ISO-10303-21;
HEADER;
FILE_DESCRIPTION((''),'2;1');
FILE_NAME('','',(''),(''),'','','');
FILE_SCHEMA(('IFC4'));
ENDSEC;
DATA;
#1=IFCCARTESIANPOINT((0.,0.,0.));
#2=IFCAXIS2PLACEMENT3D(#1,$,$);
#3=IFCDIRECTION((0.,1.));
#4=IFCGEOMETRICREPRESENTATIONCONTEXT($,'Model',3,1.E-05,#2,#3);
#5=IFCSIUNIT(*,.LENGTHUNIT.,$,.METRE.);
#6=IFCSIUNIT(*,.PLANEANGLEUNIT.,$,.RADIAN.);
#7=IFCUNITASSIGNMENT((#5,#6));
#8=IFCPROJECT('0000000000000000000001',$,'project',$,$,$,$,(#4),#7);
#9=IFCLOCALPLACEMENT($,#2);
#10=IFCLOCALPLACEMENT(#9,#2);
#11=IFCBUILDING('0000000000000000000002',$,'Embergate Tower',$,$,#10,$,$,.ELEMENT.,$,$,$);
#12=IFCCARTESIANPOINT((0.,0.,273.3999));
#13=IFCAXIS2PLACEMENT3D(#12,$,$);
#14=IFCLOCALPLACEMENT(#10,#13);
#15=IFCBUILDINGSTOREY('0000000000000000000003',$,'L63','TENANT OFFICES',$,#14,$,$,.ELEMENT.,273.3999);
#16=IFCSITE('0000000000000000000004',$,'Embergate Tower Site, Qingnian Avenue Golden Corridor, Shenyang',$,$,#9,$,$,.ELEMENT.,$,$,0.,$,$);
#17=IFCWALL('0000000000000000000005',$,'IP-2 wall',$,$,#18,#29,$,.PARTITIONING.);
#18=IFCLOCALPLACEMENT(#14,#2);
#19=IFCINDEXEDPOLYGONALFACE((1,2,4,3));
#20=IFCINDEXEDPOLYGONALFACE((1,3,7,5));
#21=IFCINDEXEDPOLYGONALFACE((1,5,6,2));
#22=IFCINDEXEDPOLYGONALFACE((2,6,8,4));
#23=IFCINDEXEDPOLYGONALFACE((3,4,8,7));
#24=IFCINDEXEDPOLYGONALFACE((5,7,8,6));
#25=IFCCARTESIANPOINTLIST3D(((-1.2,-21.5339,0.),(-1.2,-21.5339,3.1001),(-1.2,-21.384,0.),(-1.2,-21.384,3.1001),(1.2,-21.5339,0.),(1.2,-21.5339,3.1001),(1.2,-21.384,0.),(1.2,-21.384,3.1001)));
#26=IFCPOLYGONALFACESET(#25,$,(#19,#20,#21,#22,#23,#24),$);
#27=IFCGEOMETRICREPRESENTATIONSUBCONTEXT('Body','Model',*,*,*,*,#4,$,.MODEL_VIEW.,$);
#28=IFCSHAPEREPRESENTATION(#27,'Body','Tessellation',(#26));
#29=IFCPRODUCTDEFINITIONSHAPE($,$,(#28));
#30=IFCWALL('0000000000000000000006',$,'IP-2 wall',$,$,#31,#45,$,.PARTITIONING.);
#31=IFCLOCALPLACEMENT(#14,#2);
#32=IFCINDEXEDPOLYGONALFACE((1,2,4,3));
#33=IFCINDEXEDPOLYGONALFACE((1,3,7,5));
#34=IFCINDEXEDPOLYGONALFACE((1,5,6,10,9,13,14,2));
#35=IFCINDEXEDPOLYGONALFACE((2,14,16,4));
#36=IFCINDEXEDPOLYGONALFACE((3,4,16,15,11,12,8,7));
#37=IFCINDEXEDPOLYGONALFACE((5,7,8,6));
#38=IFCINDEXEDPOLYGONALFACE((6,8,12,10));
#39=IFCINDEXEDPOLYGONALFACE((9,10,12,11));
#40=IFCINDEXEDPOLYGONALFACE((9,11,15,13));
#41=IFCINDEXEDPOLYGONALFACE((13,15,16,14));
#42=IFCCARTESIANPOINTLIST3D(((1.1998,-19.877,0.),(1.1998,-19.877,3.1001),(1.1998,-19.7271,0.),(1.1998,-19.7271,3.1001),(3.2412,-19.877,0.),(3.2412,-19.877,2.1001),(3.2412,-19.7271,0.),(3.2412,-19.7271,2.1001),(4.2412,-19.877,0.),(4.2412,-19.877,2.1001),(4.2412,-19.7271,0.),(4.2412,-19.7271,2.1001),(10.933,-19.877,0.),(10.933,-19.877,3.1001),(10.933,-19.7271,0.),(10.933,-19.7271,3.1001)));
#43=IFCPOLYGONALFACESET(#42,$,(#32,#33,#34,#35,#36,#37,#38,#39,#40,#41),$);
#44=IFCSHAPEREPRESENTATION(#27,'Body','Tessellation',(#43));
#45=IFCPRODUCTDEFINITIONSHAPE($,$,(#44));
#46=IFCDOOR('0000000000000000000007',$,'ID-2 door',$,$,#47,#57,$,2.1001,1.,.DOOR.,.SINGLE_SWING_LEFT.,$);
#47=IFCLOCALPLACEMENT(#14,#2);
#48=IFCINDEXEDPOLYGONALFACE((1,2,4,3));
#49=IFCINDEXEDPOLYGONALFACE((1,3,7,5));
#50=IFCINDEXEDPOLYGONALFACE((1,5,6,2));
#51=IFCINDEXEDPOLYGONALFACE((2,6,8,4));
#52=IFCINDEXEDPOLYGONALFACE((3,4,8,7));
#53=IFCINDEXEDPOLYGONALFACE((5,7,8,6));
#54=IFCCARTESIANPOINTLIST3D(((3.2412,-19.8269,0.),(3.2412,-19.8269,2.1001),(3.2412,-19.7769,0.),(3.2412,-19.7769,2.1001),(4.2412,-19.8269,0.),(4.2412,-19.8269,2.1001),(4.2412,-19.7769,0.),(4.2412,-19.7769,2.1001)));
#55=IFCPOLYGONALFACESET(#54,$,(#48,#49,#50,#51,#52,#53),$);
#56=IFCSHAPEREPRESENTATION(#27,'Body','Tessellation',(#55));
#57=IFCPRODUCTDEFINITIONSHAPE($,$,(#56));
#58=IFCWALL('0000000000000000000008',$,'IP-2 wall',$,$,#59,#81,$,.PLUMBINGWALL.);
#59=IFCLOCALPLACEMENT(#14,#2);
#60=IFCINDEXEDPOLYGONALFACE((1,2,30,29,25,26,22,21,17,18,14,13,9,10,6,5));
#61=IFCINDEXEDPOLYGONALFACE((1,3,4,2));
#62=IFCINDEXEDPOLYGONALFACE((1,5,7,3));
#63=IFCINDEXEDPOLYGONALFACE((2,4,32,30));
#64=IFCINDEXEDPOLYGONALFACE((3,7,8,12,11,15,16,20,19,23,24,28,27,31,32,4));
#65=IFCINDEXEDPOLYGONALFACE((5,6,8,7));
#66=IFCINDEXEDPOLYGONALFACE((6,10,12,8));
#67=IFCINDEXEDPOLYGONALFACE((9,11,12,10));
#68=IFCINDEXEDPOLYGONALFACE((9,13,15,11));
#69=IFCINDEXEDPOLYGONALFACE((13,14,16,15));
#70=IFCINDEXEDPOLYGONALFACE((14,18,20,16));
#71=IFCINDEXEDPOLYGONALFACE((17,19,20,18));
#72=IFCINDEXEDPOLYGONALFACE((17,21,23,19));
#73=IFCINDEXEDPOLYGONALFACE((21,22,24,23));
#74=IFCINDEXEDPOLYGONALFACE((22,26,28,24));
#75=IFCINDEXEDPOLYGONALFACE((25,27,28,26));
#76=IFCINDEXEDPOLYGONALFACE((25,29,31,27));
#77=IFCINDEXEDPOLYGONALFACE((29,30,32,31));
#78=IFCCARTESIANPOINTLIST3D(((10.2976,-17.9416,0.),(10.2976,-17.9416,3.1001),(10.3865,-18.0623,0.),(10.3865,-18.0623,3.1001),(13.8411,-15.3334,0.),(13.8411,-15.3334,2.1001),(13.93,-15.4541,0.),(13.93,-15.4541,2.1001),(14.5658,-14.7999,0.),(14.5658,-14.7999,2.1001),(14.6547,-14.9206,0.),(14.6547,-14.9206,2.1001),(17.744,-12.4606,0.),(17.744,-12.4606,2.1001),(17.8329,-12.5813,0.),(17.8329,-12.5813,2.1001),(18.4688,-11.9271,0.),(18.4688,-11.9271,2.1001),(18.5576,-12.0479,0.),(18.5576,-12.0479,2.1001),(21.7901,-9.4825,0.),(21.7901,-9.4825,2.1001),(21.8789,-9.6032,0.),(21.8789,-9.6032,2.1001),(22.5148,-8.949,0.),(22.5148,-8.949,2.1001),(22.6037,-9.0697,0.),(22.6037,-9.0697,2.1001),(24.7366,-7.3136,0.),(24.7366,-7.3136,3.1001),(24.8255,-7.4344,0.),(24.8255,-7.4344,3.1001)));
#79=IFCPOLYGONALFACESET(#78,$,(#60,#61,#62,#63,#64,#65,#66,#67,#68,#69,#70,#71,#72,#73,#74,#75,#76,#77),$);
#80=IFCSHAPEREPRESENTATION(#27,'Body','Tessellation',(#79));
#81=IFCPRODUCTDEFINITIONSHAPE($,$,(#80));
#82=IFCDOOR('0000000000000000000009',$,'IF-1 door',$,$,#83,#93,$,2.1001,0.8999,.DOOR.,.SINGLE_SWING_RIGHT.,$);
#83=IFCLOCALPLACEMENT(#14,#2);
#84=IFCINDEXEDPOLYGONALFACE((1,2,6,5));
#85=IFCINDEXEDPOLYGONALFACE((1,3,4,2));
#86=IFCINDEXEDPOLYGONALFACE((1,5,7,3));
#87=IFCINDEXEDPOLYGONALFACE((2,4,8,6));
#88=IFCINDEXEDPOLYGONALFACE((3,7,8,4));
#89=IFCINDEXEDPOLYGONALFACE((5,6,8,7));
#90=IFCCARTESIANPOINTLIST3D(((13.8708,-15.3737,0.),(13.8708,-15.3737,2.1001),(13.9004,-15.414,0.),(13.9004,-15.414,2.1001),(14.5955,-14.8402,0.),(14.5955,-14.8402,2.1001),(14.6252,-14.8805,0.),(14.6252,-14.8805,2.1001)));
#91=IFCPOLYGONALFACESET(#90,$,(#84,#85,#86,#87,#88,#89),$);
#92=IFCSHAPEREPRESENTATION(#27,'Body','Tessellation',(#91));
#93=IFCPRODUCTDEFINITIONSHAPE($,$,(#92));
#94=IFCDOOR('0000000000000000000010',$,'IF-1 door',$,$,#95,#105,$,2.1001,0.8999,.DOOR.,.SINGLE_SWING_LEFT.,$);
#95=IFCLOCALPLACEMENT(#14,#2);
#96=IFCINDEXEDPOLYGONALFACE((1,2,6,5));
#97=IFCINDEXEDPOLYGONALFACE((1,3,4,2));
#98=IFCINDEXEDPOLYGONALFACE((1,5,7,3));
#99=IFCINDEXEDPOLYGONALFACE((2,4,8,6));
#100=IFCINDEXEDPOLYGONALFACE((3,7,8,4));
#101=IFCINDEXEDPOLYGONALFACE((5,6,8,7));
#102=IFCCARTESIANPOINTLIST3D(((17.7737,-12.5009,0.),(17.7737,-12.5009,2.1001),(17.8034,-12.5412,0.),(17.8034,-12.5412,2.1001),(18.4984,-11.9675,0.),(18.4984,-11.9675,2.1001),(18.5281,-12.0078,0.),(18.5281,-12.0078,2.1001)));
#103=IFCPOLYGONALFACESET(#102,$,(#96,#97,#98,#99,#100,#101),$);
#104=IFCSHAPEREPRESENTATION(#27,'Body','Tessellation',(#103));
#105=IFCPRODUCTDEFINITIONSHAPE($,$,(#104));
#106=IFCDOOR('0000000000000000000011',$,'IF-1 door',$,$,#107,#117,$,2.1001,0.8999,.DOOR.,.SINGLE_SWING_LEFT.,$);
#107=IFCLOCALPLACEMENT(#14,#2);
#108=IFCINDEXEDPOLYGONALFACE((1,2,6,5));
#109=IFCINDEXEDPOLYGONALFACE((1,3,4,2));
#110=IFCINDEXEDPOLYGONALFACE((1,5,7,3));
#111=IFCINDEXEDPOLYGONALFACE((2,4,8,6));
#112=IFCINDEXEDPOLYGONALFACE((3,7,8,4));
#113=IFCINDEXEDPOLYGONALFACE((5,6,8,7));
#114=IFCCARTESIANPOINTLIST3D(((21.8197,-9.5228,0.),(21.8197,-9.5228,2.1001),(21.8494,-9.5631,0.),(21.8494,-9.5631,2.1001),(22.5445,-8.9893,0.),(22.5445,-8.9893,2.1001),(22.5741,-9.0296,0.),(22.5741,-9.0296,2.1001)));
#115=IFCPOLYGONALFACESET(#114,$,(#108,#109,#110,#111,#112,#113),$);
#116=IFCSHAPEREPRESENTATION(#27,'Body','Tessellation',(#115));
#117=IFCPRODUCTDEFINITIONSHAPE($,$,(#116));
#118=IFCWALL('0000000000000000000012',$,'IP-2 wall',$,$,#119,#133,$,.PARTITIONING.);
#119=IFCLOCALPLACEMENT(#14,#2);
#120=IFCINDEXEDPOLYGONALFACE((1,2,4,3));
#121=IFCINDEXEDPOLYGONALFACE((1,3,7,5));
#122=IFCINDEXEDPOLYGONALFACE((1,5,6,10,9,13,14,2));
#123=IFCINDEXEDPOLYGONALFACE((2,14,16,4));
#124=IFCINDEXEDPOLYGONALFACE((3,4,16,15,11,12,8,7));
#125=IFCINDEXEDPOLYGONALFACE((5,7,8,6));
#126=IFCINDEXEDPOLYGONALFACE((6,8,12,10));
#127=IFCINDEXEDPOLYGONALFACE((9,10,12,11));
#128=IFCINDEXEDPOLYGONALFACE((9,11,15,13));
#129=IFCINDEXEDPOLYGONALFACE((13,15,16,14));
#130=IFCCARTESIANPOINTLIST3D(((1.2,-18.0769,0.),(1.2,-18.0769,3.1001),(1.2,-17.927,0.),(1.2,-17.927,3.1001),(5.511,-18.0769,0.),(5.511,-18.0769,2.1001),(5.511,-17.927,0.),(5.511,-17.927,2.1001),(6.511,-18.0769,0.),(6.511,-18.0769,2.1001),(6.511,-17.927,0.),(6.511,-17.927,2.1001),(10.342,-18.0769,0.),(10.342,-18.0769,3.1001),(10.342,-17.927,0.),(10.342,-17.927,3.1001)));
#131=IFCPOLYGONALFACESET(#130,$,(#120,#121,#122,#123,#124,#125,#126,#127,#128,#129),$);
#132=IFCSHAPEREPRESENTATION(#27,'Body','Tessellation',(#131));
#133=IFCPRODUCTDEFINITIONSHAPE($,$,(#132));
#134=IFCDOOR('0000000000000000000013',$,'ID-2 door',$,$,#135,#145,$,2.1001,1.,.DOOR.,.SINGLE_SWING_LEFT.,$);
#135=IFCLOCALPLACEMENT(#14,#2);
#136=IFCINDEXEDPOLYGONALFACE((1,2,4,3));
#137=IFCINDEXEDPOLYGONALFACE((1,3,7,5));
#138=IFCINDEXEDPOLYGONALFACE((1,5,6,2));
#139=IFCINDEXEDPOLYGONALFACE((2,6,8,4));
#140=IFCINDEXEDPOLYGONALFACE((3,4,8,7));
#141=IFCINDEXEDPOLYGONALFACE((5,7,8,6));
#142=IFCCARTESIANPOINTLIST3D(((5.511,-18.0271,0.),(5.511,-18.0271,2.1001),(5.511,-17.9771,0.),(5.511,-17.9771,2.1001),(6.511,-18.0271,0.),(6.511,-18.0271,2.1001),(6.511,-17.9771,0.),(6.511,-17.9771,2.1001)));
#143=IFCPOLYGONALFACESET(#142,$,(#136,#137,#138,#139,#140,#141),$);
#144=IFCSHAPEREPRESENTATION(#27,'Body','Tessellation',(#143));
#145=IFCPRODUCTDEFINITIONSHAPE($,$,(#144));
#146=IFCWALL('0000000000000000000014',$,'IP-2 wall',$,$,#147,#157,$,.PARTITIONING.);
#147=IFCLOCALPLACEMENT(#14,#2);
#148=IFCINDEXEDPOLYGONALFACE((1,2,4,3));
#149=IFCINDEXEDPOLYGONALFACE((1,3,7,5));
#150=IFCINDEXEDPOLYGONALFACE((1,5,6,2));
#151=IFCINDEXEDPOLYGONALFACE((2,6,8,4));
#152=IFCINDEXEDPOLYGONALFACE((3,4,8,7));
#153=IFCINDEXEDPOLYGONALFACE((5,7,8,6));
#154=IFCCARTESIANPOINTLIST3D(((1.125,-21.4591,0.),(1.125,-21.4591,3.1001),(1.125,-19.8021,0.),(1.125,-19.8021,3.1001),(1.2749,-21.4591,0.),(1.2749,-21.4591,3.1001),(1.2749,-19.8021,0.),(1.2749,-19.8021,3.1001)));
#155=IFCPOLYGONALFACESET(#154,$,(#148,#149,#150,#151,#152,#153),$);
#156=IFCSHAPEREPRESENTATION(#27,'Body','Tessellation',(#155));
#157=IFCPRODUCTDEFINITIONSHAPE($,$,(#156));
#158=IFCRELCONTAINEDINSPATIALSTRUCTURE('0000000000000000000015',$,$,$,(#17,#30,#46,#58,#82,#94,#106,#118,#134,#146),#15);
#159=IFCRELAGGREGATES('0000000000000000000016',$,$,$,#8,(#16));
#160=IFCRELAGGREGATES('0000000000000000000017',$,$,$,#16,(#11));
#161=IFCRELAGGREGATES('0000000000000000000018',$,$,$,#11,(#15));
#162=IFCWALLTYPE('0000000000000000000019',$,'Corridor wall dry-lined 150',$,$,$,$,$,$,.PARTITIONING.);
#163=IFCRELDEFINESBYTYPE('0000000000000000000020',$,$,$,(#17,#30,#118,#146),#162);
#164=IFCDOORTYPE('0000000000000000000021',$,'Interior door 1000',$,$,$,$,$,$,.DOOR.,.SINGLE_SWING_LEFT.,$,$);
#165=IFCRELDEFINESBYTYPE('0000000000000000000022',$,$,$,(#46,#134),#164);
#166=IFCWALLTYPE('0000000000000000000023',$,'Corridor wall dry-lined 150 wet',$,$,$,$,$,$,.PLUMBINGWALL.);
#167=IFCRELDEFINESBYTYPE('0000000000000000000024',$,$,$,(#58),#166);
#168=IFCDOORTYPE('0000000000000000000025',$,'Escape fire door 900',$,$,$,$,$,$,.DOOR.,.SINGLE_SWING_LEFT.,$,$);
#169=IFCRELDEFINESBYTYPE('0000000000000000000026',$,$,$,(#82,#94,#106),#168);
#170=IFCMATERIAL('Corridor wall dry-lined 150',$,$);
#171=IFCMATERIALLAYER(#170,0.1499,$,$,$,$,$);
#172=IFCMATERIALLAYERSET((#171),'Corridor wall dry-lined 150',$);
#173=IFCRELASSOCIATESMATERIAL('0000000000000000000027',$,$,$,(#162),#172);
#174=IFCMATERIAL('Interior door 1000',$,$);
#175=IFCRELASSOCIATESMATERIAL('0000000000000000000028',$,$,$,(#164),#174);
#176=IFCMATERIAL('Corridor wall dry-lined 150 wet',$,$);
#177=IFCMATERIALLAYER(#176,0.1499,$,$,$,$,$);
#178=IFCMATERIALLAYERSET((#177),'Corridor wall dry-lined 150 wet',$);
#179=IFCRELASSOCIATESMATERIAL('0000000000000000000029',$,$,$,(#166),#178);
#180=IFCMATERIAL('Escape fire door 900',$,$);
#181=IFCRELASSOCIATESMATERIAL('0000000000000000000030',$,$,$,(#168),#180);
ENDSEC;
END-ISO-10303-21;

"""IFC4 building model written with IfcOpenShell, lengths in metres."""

from ifc_helpers import new_model, si_unit, direction, frame, frame_2d, origin, place, context, subcontext, project, spatial, rectangle, extrude, source, transform, mapped, material, layer, layer_set, type_object, element, fill, save


model = new_model("IFC4")

# Units and contexts
model_context = context("Model", 3, precision=1e-05, world=origin(), true_north=direction((0.0, 1.0)))
body_context = subcontext(model_context, "Body", "Model", "MODEL_VIEW")
ifc_project = project(units=[si_unit("LENGTHUNIT", "METRE"), si_unit("PLANEANGLEUNIT", "RADIAN")], contexts=[model_context])

# Site, building, storey
site_placement = place(None, origin())
site = spatial("IfcSite", under=ifc_project, at=site_placement, Name="Embergate Tower Site, Qingnian Avenue Golden Corridor, Shenyang", CompositionType="ELEMENT", RefElevation=0.0)
building_placement = place(site_placement, origin())
building = spatial("IfcBuilding", under=site, at=building_placement, Name="Embergate Tower", CompositionType="ELEMENT")
storey_placement = place(building_placement, frame((0.0, 0.0, 273.3999)))
storey = spatial("IfcBuildingStorey", under=building, at=storey_placement, Name="L63", Description="TENANT OFFICES", CompositionType="ELEMENT", Elevation=273.3999)

# Wall
ifc_material_1 = material(Name="Corridor wall dry-lined 150")
ifc_layer_1 = layer(ifc_material_1, 0.1499)
ifc_layer_set_1 = layer_set([ifc_layer_1], Name="Corridor wall dry-lined 150")
wall_type_1 = type_object("IfcWallType", Name="Corridor wall dry-lined 150", PredefinedType="PARTITIONING", material=ifc_layer_set_1)
shared_shape_1 = source(origin(), body_context, "Body", "SweptSolid", [
    extrude(rectangle(XDim=2.3999, YDim=0.1499, at=frame_2d((1.2, 0.0))), origin(), (0.0, 0.0, 1.0), 3.1001),
])
wall_1_placement = place(storey_placement, frame((1.2, -21.459, 0.0), z_axis=(0.0, 0.0, 1.0), x_axis=(-1.0, 0.0, 0.0)))
element("IfcWall", 1, at=wall_1_placement, inside=storey, type_object=wall_type_1, Name="IP-2 wall", PredefinedType="PARTITIONING", context=body_context, shape_type="MappedRepresentation", body=[
    mapped(shared_shape_1, transform((0.0, 0.0, 0.0))),
])

# Wall, opening, door
shared_shape_2 = source(origin(), body_context, "Body", "SweptSolid", [
    extrude(rectangle(XDim=9.7332, YDim=0.1499, at=frame_2d((4.8667, 0.0))), origin(), (0.0, 0.0, 1.0), 3.1001),
])
wall_2_placement = place(storey_placement, frame((10.9331, -19.802, 0.0), z_axis=(0.0, 0.0, 1.0), x_axis=(-1.0, 0.0, 0.0)))
wall_2 = element("IfcWall", 2, at=wall_2_placement, inside=storey, type_object=wall_type_1, Name="IP-2 wall", PredefinedType="PARTITIONING", context=body_context, shape_type="MappedRepresentation", body=[
    mapped(shared_shape_2, transform((0.0, 0.0, 0.0))),
])
shared_shape_3 = source(origin(), body_context, "Body", "SweptSolid", [
    extrude(rectangle(XDim=1.0, YDim=2.1001, at=frame_2d((0.5, 1.05))), frame((0.0, 0.085, 0.0), z_axis=(0.0, -1.0, 0.0), x_axis=(1.0, 0.0, 0.0)), (0.0, 0.0, 1.0), 0.1699),
])
opening_1_placement = place(wall_2_placement, frame((6.6919, 0.0, 0.0)))
opening_1 = element("IfcOpeningElement", 3, at=opening_1_placement, cuts=wall_2, PredefinedType="OPENING", context=body_context, shape_type="MappedRepresentation", body=[
    mapped(shared_shape_3, transform((0.0, 0.0, 0.0))),
])
ifc_material_2 = material(Name="Interior door 1000")
door_type_1 = type_object("IfcDoorType", Name="Interior door 1000", OperationType="SINGLE_SWING_LEFT", PredefinedType="DOOR", material=ifc_material_2)
shared_shape_4 = source(origin(), body_context, "Body", "SweptSolid", [
    extrude(rectangle(XDim=1.0, YDim=2.1001, at=frame_2d((0.5, 1.05))), frame((0.0, 0.0249, 0.0), z_axis=(0.0, -1.0, 0.0), x_axis=(1.0, 0.0, 0.0)), (0.0, 0.0, 1.0), 0.05),
])
door_1_placement = place(opening_1_placement, origin())
door_1 = element("IfcDoor", 4, at=door_1_placement, inside=storey, type_object=door_type_1, Name="ID-2 door", OperationType="SINGLE_SWING_LEFT", OverallHeight=2.1001, OverallWidth=1.0, PredefinedType="DOOR", context=body_context, shape_type="MappedRepresentation", body=[
    mapped(shared_shape_4, transform((0.0, 0.0, 0.0))),
])
fill(opening_1, door_1)

# Wall, openings, doors
ifc_material_3 = material(Name="Corridor wall dry-lined 150 wet")
ifc_layer_2 = layer(ifc_material_3, 0.1499)
ifc_layer_set_2 = layer_set([ifc_layer_2], Name="Corridor wall dry-lined 150 wet")
wall_type_2 = type_object("IfcWallType", Name="Corridor wall dry-lined 150 wet", PredefinedType="PLUMBINGWALL", material=ifc_layer_set_2)
shared_shape_5 = source(origin(), body_context, "Body", "SweptSolid", [
    extrude(rectangle(XDim=17.9287, YDim=0.1499, at=frame_2d((8.9644, 0.0))), origin(), (0.0, 0.0, 1.0), 3.1001),
])
wall_3_placement = place(storey_placement, frame((10.342, -18.002, 0.0), z_axis=(0.0, 0.0, 1.0), x_axis=(0.805357, 0.59279, 0.0)))
wall_3 = element("IfcWall", 5, at=wall_3_placement, inside=storey, type_object=wall_type_2, Name="IP-2 wall", PredefinedType="PLUMBINGWALL", context=body_context, shape_type="MappedRepresentation", body=[
    mapped(shared_shape_5, transform((0.0, 0.0, 0.0))),
])
shared_shape_6 = source(origin(), body_context, "Body", "SweptSolid", [
    extrude(rectangle(XDim=0.8999, YDim=2.1001, at=frame_2d((0.45, 1.05))), frame((0.0, 0.085, 0.0), z_axis=(0.0, -1.0, 0.0), x_axis=(1.0, 0.0, 0.0)), (0.0, 0.0, 1.0), 0.1699),
])
opening_2_placement = place(wall_3_placement, frame((4.3999, 0.0, 0.0)))
opening_2 = element("IfcOpeningElement", 6, at=opening_2_placement, cuts=wall_3, PredefinedType="OPENING", context=body_context, shape_type="MappedRepresentation", body=[
    mapped(shared_shape_6, transform((0.0, 0.0, 0.0))),
])
opening_3_placement = place(wall_3_placement, frame((9.2461, 0.0, 0.0)))
opening_3 = element("IfcOpeningElement", 7, at=opening_3_placement, cuts=wall_3, PredefinedType="OPENING", context=body_context, shape_type="MappedRepresentation", body=[
    mapped(shared_shape_6, transform((0.0, 0.0, 0.0))),
])
opening_4_placement = place(wall_3_placement, frame((14.27, 0.0, 0.0)))
opening_4 = element("IfcOpeningElement", 8, at=opening_4_placement, cuts=wall_3, PredefinedType="OPENING", context=body_context, shape_type="MappedRepresentation", body=[
    mapped(shared_shape_6, transform((0.0, 0.0, 0.0))),
])
ifc_material_4 = material(Name="Escape fire door 900")
door_type_2 = type_object("IfcDoorType", Name="Escape fire door 900", OperationType="SINGLE_SWING_LEFT", PredefinedType="DOOR", material=ifc_material_4)
shared_shape_7 = source(origin(), body_context, "Body", "SweptSolid", [
    extrude(rectangle(XDim=0.8999, YDim=2.1001, at=frame_2d((0.45, 1.05))), frame((0.0, 0.0249, 0.0), z_axis=(0.0, -1.0, 0.0), x_axis=(1.0, 0.0, 0.0)), (0.0, 0.0, 1.0), 0.05),
])
door_2_placement = place(opening_2_placement, origin())
door_2 = element("IfcDoor", 9, at=door_2_placement, inside=storey, type_object=door_type_2, Name="IF-1 door", OperationType="SINGLE_SWING_RIGHT", OverallHeight=2.1001, OverallWidth=0.8999, PredefinedType="DOOR", context=body_context, shape_type="MappedRepresentation", body=[
    mapped(shared_shape_7, transform((0.0, 0.0, 0.0))),
])
fill(opening_2, door_2)
door_3_placement = place(opening_3_placement, origin())
door_3 = element("IfcDoor", 10, at=door_3_placement, inside=storey, type_object=door_type_2, Name="IF-1 door", OperationType="SINGLE_SWING_LEFT", OverallHeight=2.1001, OverallWidth=0.8999, PredefinedType="DOOR", context=body_context, shape_type="MappedRepresentation", body=[
    mapped(shared_shape_7, transform((0.0, 0.0, 0.0))),
])
fill(opening_3, door_3)
door_4_placement = place(opening_4_placement, origin())
door_4 = element("IfcDoor", 11, at=door_4_placement, inside=storey, type_object=door_type_2, Name="IF-1 door", OperationType="SINGLE_SWING_LEFT", OverallHeight=2.1001, OverallWidth=0.8999, PredefinedType="DOOR", context=body_context, shape_type="MappedRepresentation", body=[
    mapped(shared_shape_7, transform((0.0, 0.0, 0.0))),
])
fill(opening_4, door_4)

# Wall, opening, door
shared_shape_8 = source(origin(), body_context, "Body", "SweptSolid", [
    extrude(rectangle(XDim=9.1421, YDim=0.1499, at=frame_2d((4.571, 0.0))), origin(), (0.0, 0.0, 1.0), 3.1001),
])
wall_4_placement = place(storey_placement, frame((1.2, -18.002, 0.0), z_axis=(0.0, 0.0, 1.0), x_axis=(1.0, 0.0, 0.0)))
wall_4 = element("IfcWall", 12, at=wall_4_placement, inside=storey, type_object=wall_type_1, Name="IP-2 wall", PredefinedType="PARTITIONING", context=body_context, shape_type="MappedRepresentation", body=[
    mapped(shared_shape_8, transform((0.0, 0.0, 0.0))),
])
opening_5_placement = place(wall_4_placement, frame((4.311, 0.0, 0.0)))
opening_5 = element("IfcOpeningElement", 13, at=opening_5_placement, cuts=wall_4, PredefinedType="OPENING", context=body_context, shape_type="MappedRepresentation", body=[
    mapped(shared_shape_3, transform((0.0, 0.0, 0.0))),
])
door_5_placement = place(opening_5_placement, origin())
door_5 = element("IfcDoor", 14, at=door_5_placement, inside=storey, type_object=door_type_1, Name="ID-2 door", OperationType="SINGLE_SWING_LEFT", OverallHeight=2.1001, OverallWidth=1.0, PredefinedType="DOOR", context=body_context, shape_type="MappedRepresentation", body=[
    mapped(shared_shape_4, transform((0.0, 0.0, 0.0))),
])
fill(opening_5, door_5)

# Wall
shared_shape_9 = source(origin(), body_context, "Body", "SweptSolid", [
    extrude(rectangle(XDim=1.657, YDim=0.1499, at=frame_2d((0.8286, 0.0))), origin(), (0.0, 0.0, 1.0), 3.1001),
])
wall_5_placement = place(storey_placement, frame((1.2, -19.802, 0.0), z_axis=(0.0, 0.0, 1.0), x_axis=(0.0, -1.0, 0.0)))
element("IfcWall", 15, at=wall_5_placement, inside=storey, type_object=wall_type_1, Name="IP-2 wall", PredefinedType="PARTITIONING", context=body_context, shape_type="MappedRepresentation", body=[
    mapped(shared_shape_9, transform((0.0, 0.0, 0.0))),
])

save(model, "model.ifc")
